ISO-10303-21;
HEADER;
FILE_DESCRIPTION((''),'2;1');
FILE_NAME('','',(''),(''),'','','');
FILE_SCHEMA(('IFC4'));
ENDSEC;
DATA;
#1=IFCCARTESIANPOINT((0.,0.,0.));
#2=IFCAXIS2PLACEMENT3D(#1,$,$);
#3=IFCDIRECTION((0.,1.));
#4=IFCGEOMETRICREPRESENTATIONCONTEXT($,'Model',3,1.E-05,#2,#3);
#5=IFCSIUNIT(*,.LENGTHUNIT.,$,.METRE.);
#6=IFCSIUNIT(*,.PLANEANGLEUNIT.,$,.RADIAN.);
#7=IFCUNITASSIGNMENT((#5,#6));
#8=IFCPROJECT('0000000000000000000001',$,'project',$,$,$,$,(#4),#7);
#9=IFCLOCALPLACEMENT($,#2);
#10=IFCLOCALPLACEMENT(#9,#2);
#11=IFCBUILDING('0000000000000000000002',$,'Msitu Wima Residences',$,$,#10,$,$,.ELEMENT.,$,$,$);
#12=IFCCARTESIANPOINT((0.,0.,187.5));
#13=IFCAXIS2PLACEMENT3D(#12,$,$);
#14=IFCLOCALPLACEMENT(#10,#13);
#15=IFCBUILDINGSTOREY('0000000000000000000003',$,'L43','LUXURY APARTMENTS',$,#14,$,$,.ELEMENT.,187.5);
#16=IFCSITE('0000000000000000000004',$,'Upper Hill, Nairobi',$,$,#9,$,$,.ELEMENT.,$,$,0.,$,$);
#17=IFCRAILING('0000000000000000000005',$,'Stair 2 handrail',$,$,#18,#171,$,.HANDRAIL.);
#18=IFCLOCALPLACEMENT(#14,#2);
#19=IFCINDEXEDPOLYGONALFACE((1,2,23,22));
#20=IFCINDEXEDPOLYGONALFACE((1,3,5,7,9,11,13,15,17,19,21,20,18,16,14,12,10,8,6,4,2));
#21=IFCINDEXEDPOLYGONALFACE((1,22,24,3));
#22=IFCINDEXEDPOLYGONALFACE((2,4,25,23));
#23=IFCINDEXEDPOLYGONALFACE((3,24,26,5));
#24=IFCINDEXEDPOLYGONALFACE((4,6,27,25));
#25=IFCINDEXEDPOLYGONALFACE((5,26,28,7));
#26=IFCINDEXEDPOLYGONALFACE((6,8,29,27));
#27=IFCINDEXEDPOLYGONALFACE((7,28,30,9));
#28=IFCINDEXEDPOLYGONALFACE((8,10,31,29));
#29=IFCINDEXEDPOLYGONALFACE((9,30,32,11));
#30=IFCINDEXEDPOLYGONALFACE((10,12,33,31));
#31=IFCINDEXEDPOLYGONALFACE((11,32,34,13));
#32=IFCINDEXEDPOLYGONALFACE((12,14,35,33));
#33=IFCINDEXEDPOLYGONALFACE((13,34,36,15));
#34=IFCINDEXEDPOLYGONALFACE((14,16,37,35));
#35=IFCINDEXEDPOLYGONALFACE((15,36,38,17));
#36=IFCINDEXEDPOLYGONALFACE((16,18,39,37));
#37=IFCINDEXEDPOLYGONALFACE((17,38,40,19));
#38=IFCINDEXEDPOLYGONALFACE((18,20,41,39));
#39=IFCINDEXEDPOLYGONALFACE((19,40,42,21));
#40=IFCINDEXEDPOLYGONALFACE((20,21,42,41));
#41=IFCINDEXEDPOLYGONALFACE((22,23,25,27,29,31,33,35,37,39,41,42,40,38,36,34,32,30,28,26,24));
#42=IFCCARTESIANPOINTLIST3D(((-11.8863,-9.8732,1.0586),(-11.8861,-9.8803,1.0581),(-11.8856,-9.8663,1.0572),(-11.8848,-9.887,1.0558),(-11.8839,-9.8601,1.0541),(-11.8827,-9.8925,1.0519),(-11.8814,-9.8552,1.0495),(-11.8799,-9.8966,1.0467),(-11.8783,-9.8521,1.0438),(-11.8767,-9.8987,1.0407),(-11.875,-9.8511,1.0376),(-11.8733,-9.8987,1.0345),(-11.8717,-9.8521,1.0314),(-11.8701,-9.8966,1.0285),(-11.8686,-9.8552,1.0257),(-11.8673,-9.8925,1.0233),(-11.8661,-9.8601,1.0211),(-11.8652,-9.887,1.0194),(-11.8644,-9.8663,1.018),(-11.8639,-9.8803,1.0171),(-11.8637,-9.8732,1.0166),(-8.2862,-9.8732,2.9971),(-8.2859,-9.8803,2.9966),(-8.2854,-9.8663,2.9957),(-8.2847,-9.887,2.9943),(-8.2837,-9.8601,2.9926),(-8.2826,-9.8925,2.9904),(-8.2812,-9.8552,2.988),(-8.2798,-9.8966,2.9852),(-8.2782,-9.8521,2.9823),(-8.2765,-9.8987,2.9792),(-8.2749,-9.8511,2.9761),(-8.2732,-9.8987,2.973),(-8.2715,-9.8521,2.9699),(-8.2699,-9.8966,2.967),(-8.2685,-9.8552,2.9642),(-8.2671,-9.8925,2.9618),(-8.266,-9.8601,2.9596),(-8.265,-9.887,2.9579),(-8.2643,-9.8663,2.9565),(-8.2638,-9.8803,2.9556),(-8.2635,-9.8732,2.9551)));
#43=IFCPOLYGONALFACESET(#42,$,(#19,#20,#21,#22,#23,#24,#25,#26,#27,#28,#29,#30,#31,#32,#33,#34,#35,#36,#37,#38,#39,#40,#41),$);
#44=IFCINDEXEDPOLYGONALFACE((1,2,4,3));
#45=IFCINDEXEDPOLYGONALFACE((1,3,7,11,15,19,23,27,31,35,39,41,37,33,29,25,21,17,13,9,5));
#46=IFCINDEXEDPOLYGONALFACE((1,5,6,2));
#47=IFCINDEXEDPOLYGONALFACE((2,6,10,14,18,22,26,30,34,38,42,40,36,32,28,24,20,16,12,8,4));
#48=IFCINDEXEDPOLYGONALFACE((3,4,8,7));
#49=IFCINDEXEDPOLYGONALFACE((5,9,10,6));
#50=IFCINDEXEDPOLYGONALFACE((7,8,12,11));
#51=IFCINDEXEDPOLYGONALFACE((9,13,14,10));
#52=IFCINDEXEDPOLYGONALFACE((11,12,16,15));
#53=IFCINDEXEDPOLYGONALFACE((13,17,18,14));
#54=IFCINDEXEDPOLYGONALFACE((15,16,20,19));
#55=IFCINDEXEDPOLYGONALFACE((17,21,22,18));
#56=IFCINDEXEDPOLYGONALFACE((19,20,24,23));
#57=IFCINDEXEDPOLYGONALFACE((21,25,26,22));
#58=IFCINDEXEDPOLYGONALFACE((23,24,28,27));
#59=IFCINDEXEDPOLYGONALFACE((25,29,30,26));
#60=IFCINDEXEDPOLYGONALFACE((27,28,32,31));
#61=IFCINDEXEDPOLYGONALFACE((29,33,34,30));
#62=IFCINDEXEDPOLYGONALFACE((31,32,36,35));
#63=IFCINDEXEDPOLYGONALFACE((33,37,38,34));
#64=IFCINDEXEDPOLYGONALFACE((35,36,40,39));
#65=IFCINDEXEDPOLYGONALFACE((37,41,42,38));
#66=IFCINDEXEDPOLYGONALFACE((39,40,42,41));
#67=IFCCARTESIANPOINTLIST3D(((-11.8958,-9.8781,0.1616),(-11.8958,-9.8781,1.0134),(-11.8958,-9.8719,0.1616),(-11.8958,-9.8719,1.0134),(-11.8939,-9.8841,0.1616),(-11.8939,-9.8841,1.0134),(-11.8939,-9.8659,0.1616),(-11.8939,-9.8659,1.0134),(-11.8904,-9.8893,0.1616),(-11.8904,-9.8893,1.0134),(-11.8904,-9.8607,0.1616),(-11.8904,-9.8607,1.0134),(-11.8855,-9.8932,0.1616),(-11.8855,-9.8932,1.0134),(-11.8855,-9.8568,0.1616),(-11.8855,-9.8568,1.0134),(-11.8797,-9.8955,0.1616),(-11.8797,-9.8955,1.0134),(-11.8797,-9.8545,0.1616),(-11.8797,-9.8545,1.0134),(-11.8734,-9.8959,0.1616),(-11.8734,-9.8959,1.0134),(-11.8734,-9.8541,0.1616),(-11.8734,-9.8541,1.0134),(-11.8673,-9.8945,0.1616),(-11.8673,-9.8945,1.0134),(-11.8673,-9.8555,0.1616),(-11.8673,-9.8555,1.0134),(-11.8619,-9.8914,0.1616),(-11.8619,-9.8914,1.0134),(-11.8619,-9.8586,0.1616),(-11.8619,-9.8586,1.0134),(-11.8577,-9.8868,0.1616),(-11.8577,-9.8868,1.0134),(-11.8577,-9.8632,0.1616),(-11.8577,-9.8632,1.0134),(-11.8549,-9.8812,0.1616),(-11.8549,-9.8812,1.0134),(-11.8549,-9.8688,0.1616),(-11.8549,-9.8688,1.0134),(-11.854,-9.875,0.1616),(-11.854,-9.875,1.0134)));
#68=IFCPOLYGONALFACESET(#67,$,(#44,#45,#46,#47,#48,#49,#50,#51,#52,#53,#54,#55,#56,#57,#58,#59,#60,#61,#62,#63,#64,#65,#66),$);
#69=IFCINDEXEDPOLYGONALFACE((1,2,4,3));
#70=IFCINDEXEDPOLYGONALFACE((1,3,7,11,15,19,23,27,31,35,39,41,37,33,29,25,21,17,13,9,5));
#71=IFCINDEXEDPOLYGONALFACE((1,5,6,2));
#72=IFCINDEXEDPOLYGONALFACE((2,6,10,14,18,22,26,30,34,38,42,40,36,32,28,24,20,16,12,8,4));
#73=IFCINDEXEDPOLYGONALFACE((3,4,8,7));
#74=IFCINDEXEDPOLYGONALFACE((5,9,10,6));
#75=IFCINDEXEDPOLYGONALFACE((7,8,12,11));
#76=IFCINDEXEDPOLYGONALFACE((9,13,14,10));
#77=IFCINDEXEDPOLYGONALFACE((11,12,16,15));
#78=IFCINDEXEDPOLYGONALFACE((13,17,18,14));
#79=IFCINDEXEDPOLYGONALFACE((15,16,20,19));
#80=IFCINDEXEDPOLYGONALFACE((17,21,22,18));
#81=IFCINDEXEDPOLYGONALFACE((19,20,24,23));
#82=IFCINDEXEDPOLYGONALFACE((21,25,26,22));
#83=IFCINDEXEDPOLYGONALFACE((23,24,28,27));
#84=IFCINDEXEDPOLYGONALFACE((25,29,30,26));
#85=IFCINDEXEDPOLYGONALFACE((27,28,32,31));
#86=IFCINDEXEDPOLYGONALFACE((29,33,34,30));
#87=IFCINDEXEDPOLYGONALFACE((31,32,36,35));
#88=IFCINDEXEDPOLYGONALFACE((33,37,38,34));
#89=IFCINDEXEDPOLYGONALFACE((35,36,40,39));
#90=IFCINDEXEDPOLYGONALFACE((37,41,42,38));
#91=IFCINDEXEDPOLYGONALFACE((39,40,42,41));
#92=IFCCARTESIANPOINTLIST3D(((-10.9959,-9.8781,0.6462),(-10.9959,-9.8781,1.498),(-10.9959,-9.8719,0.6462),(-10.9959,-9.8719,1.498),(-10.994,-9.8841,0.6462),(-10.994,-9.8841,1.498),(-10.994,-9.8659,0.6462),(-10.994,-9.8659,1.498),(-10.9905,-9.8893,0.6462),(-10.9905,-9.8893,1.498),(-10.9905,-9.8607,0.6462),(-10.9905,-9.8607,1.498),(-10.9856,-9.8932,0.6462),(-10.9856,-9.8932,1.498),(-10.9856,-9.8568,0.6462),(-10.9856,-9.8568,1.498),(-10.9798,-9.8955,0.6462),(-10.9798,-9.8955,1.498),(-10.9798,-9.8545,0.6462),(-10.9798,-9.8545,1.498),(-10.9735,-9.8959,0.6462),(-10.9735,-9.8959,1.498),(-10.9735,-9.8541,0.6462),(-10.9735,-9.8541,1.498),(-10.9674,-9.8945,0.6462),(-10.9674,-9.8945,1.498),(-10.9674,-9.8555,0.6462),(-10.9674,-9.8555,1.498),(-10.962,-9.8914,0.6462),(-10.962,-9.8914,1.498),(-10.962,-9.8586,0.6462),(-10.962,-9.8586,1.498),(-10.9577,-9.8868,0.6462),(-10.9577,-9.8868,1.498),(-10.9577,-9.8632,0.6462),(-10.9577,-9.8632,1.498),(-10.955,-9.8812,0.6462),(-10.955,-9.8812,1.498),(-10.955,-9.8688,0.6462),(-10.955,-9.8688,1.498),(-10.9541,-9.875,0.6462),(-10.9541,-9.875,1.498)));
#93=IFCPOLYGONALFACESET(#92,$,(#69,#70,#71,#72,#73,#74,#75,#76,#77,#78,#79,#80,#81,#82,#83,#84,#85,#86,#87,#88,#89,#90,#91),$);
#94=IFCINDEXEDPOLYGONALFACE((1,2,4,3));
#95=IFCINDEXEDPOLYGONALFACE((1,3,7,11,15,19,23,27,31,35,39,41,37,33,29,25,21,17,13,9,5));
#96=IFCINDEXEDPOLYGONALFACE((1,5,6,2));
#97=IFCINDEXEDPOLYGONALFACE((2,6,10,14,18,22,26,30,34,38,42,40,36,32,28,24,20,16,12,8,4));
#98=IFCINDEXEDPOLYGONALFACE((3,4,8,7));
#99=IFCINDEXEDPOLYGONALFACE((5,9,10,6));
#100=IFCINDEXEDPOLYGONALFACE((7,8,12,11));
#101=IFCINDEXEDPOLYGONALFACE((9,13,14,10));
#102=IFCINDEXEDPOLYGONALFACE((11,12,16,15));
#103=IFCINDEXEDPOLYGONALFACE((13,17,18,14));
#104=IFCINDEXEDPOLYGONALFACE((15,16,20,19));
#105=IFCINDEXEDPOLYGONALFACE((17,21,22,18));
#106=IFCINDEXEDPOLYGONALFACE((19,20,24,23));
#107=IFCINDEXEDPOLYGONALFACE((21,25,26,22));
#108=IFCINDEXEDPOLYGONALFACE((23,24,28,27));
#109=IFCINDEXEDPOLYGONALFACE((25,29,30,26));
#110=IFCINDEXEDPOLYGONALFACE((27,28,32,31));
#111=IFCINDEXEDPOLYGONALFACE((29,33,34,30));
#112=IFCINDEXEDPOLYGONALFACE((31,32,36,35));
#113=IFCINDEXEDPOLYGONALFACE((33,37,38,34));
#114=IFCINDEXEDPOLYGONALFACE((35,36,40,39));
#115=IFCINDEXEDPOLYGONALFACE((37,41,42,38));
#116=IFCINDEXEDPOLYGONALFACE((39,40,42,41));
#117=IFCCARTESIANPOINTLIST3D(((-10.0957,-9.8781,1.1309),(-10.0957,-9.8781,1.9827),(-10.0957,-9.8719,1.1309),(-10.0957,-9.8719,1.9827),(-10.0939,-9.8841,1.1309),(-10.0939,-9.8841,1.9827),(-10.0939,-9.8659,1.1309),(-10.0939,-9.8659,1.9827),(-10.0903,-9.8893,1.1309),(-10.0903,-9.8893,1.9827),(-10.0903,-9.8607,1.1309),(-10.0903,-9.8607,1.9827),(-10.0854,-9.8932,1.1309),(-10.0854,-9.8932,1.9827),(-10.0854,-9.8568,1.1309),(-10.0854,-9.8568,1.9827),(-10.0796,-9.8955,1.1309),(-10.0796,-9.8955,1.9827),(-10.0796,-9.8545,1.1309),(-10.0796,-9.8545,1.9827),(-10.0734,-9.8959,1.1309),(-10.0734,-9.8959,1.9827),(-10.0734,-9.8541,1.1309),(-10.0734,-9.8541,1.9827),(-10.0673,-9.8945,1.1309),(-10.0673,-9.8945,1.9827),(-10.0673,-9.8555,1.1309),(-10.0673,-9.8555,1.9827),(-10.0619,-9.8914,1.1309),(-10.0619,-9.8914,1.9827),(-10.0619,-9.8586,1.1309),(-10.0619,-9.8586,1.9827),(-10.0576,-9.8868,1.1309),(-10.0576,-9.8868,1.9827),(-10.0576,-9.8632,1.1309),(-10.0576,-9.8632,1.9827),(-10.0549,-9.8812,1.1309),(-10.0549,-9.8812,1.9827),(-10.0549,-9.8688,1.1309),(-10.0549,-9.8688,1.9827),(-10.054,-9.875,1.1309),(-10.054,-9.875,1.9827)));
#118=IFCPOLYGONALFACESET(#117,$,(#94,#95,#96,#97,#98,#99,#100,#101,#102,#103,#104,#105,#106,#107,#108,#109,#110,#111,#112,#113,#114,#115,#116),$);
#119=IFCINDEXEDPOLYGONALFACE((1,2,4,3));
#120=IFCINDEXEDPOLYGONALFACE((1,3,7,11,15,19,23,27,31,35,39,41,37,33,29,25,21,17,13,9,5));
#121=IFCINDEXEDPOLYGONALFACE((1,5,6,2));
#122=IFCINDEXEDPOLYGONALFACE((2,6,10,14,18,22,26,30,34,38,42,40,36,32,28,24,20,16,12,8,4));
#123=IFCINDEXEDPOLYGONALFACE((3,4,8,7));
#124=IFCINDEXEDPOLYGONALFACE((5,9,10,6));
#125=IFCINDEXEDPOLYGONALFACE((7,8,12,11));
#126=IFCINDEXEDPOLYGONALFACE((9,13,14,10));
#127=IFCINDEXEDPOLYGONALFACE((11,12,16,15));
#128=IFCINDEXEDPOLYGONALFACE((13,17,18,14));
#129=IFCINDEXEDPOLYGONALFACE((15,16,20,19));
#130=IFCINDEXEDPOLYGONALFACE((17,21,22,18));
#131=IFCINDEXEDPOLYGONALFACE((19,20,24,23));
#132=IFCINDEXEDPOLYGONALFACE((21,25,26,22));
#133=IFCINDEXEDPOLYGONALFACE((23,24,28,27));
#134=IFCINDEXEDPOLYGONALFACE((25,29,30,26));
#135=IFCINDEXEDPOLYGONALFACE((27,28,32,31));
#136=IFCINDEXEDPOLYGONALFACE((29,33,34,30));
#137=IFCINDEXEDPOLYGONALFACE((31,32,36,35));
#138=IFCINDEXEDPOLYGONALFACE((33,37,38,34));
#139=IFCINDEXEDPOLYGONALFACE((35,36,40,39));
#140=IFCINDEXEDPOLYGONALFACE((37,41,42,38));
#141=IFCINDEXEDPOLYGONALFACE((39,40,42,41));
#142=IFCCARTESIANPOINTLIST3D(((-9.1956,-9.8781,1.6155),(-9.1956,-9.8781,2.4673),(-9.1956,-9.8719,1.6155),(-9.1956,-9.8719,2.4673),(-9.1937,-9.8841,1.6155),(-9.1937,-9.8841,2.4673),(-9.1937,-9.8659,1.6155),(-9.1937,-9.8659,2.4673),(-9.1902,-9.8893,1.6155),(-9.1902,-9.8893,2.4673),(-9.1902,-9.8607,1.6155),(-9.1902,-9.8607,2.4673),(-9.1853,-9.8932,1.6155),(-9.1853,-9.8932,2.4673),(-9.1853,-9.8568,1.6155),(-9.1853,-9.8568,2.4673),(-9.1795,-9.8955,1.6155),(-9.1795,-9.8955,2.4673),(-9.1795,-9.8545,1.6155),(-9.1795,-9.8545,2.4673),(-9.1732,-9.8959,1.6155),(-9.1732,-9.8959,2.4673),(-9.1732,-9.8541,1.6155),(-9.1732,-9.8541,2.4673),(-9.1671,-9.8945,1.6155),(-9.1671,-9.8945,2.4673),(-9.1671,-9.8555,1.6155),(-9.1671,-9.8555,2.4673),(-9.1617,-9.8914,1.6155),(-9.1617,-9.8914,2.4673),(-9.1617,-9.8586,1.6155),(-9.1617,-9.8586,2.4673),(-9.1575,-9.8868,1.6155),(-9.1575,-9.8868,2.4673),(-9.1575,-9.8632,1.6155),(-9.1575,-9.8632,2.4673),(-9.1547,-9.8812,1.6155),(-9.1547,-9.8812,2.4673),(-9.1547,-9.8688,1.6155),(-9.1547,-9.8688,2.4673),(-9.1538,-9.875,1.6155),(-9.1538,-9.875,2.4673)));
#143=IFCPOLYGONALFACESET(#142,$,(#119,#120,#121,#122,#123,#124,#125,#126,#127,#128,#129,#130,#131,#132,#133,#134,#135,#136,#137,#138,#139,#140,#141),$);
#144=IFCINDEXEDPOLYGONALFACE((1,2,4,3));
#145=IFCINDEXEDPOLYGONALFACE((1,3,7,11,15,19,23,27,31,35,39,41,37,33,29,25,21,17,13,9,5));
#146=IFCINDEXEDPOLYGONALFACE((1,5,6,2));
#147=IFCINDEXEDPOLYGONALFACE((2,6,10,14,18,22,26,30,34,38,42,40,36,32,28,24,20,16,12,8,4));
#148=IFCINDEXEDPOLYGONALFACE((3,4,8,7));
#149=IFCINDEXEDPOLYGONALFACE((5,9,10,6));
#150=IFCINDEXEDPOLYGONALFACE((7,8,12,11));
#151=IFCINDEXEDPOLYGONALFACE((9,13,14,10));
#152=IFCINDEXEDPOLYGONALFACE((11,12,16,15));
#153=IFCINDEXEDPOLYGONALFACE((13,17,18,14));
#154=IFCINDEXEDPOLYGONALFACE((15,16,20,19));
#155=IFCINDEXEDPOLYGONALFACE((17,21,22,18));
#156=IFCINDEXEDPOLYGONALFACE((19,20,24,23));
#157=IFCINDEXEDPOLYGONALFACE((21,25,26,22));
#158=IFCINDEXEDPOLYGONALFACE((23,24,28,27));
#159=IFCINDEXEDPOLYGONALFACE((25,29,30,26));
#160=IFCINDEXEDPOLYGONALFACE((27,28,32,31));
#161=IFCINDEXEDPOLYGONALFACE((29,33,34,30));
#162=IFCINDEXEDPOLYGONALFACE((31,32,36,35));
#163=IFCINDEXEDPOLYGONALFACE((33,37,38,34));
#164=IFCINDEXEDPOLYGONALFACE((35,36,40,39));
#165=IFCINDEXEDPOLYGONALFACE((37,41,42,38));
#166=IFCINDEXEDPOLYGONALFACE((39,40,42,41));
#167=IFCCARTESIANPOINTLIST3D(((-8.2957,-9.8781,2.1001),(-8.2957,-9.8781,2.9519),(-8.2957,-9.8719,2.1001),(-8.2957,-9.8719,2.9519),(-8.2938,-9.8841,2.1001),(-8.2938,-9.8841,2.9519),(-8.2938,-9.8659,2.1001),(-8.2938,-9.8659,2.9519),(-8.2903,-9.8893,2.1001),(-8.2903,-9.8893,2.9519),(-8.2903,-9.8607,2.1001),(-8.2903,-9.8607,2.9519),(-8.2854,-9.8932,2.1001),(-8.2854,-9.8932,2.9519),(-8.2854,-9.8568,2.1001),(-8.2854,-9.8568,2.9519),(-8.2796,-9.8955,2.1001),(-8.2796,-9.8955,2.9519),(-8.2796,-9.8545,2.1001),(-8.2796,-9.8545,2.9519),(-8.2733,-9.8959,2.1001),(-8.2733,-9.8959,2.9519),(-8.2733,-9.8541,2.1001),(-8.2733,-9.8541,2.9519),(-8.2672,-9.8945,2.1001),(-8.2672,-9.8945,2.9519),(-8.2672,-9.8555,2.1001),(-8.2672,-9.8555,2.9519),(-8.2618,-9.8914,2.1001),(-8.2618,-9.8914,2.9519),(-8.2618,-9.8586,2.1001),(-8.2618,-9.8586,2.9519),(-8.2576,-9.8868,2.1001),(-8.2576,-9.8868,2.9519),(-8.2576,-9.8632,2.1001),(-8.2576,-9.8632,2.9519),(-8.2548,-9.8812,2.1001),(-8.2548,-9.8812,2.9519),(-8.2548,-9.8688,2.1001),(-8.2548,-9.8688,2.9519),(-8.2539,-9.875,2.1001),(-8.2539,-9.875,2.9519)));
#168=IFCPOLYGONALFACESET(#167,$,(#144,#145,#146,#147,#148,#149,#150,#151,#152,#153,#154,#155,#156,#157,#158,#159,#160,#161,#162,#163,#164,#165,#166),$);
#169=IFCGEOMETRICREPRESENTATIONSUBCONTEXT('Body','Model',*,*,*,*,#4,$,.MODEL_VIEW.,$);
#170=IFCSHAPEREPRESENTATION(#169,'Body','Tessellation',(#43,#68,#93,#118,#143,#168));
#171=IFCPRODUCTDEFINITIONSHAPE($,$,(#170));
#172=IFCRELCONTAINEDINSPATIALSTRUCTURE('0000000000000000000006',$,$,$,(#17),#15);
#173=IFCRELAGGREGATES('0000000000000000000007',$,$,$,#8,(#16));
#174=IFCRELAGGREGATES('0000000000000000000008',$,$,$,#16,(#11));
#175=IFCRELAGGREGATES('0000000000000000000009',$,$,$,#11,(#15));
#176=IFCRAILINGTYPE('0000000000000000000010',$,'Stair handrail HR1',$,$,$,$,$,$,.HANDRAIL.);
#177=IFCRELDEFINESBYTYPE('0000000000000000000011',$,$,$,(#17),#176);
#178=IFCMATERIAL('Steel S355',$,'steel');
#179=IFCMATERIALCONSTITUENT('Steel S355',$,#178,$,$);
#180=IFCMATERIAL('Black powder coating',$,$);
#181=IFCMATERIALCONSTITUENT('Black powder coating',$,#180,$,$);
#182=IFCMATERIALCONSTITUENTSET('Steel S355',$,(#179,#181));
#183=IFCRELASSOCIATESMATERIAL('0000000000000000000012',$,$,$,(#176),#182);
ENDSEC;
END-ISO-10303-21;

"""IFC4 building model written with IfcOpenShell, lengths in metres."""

from ifc_helpers import new_model, si_unit, direction, frame, origin, origin_2d, place, context, subcontext, project, spatial, circle, extrude, material, constituent, constituent_set, type_object, element, save


model = new_model("IFC4")

# Units and contexts
model_context = context("Model", 3, precision=1e-05, world=origin(), true_north=direction((0.0, 1.0)))
body_context = subcontext(model_context, "Body", "Model", "MODEL_VIEW")
ifc_project = project(units=[si_unit("LENGTHUNIT", "METRE"), si_unit("PLANEANGLEUNIT", "RADIAN")], contexts=[model_context])

# Site, building, storey
site_placement = place(None, origin())
site = spatial("IfcSite", under=ifc_project, at=site_placement, Name="Upper Hill, Nairobi", CompositionType="ELEMENT", RefElevation=0.0)
building_placement = place(site_placement, origin())
building = spatial("IfcBuilding", under=site, at=building_placement, Name="Msitu Wima Residences", CompositionType="ELEMENT")
storey_placement = place(building_placement, frame((0.0, 0.0, 187.5)))
storey = spatial("IfcBuildingStorey", under=building, at=storey_placement, Name="L43", Description="LUXURY APARTMENTS", CompositionType="ELEMENT", Elevation=187.5)

# Railing
ifc_material_1 = material(Name="Steel S355", Category="steel")
ifc_constituent_1 = constituent(ifc_material_1, Name="Steel S355")
ifc_material_2 = material(Name="Black powder coating")
ifc_constituent_2 = constituent(ifc_material_2, Name="Black powder coating")
ifc_constituent_set = constituent_set(constituents=[ifc_constituent_1, ifc_constituent_2], Name="Steel S355")
railing_type = type_object("IfcRailingType", Name="Stair handrail HR1", PredefinedType="HANDRAIL", material=ifc_constituent_set)
for number, where, name in (
    (1, (-11.875, -9.875, 0.1616), "Stair 2 handrail"),
):
    element("IfcRailing", number, at=place(storey_placement, frame(where)), inside=storey, type_object=railing_type, Name=name, PredefinedType="HANDRAIL", context=body_context, shape_type="SweptSolid", body=[
        extrude(circle(Radius=0.0239, at=origin_2d()), frame((0.0, 0.0, 0.876), z_axis=(0.880475, 0.0, 0.474093), x_axis=(0.0, 1.0, 0.0)), (0.0, 0.0, 1.0), 4.0889),
        extrude(circle(Radius=0.021, at=origin_2d()), origin(), (0.0, 0.0, 1.0), 0.8518),
        extrude(circle(Radius=0.021, at=origin_2d()), frame((0.8999, 0.0, 0.4846)), (0.0, 0.0, 1.0), 0.8518),
        extrude(circle(Radius=0.021, at=origin_2d()), frame((1.8, 0.0, 0.9692)), (0.0, 0.0, 1.0), 0.8518),
        extrude(circle(Radius=0.021, at=origin_2d()), frame((2.7002, 0.0, 1.4539)), (0.0, 0.0, 1.0), 0.8518),
        extrude(circle(Radius=0.021, at=origin_2d()), frame((3.6001, 0.0, 1.9385)), (0.0, 0.0, 1.0), 0.8518),
    ])

save(model, "model.ifc")
